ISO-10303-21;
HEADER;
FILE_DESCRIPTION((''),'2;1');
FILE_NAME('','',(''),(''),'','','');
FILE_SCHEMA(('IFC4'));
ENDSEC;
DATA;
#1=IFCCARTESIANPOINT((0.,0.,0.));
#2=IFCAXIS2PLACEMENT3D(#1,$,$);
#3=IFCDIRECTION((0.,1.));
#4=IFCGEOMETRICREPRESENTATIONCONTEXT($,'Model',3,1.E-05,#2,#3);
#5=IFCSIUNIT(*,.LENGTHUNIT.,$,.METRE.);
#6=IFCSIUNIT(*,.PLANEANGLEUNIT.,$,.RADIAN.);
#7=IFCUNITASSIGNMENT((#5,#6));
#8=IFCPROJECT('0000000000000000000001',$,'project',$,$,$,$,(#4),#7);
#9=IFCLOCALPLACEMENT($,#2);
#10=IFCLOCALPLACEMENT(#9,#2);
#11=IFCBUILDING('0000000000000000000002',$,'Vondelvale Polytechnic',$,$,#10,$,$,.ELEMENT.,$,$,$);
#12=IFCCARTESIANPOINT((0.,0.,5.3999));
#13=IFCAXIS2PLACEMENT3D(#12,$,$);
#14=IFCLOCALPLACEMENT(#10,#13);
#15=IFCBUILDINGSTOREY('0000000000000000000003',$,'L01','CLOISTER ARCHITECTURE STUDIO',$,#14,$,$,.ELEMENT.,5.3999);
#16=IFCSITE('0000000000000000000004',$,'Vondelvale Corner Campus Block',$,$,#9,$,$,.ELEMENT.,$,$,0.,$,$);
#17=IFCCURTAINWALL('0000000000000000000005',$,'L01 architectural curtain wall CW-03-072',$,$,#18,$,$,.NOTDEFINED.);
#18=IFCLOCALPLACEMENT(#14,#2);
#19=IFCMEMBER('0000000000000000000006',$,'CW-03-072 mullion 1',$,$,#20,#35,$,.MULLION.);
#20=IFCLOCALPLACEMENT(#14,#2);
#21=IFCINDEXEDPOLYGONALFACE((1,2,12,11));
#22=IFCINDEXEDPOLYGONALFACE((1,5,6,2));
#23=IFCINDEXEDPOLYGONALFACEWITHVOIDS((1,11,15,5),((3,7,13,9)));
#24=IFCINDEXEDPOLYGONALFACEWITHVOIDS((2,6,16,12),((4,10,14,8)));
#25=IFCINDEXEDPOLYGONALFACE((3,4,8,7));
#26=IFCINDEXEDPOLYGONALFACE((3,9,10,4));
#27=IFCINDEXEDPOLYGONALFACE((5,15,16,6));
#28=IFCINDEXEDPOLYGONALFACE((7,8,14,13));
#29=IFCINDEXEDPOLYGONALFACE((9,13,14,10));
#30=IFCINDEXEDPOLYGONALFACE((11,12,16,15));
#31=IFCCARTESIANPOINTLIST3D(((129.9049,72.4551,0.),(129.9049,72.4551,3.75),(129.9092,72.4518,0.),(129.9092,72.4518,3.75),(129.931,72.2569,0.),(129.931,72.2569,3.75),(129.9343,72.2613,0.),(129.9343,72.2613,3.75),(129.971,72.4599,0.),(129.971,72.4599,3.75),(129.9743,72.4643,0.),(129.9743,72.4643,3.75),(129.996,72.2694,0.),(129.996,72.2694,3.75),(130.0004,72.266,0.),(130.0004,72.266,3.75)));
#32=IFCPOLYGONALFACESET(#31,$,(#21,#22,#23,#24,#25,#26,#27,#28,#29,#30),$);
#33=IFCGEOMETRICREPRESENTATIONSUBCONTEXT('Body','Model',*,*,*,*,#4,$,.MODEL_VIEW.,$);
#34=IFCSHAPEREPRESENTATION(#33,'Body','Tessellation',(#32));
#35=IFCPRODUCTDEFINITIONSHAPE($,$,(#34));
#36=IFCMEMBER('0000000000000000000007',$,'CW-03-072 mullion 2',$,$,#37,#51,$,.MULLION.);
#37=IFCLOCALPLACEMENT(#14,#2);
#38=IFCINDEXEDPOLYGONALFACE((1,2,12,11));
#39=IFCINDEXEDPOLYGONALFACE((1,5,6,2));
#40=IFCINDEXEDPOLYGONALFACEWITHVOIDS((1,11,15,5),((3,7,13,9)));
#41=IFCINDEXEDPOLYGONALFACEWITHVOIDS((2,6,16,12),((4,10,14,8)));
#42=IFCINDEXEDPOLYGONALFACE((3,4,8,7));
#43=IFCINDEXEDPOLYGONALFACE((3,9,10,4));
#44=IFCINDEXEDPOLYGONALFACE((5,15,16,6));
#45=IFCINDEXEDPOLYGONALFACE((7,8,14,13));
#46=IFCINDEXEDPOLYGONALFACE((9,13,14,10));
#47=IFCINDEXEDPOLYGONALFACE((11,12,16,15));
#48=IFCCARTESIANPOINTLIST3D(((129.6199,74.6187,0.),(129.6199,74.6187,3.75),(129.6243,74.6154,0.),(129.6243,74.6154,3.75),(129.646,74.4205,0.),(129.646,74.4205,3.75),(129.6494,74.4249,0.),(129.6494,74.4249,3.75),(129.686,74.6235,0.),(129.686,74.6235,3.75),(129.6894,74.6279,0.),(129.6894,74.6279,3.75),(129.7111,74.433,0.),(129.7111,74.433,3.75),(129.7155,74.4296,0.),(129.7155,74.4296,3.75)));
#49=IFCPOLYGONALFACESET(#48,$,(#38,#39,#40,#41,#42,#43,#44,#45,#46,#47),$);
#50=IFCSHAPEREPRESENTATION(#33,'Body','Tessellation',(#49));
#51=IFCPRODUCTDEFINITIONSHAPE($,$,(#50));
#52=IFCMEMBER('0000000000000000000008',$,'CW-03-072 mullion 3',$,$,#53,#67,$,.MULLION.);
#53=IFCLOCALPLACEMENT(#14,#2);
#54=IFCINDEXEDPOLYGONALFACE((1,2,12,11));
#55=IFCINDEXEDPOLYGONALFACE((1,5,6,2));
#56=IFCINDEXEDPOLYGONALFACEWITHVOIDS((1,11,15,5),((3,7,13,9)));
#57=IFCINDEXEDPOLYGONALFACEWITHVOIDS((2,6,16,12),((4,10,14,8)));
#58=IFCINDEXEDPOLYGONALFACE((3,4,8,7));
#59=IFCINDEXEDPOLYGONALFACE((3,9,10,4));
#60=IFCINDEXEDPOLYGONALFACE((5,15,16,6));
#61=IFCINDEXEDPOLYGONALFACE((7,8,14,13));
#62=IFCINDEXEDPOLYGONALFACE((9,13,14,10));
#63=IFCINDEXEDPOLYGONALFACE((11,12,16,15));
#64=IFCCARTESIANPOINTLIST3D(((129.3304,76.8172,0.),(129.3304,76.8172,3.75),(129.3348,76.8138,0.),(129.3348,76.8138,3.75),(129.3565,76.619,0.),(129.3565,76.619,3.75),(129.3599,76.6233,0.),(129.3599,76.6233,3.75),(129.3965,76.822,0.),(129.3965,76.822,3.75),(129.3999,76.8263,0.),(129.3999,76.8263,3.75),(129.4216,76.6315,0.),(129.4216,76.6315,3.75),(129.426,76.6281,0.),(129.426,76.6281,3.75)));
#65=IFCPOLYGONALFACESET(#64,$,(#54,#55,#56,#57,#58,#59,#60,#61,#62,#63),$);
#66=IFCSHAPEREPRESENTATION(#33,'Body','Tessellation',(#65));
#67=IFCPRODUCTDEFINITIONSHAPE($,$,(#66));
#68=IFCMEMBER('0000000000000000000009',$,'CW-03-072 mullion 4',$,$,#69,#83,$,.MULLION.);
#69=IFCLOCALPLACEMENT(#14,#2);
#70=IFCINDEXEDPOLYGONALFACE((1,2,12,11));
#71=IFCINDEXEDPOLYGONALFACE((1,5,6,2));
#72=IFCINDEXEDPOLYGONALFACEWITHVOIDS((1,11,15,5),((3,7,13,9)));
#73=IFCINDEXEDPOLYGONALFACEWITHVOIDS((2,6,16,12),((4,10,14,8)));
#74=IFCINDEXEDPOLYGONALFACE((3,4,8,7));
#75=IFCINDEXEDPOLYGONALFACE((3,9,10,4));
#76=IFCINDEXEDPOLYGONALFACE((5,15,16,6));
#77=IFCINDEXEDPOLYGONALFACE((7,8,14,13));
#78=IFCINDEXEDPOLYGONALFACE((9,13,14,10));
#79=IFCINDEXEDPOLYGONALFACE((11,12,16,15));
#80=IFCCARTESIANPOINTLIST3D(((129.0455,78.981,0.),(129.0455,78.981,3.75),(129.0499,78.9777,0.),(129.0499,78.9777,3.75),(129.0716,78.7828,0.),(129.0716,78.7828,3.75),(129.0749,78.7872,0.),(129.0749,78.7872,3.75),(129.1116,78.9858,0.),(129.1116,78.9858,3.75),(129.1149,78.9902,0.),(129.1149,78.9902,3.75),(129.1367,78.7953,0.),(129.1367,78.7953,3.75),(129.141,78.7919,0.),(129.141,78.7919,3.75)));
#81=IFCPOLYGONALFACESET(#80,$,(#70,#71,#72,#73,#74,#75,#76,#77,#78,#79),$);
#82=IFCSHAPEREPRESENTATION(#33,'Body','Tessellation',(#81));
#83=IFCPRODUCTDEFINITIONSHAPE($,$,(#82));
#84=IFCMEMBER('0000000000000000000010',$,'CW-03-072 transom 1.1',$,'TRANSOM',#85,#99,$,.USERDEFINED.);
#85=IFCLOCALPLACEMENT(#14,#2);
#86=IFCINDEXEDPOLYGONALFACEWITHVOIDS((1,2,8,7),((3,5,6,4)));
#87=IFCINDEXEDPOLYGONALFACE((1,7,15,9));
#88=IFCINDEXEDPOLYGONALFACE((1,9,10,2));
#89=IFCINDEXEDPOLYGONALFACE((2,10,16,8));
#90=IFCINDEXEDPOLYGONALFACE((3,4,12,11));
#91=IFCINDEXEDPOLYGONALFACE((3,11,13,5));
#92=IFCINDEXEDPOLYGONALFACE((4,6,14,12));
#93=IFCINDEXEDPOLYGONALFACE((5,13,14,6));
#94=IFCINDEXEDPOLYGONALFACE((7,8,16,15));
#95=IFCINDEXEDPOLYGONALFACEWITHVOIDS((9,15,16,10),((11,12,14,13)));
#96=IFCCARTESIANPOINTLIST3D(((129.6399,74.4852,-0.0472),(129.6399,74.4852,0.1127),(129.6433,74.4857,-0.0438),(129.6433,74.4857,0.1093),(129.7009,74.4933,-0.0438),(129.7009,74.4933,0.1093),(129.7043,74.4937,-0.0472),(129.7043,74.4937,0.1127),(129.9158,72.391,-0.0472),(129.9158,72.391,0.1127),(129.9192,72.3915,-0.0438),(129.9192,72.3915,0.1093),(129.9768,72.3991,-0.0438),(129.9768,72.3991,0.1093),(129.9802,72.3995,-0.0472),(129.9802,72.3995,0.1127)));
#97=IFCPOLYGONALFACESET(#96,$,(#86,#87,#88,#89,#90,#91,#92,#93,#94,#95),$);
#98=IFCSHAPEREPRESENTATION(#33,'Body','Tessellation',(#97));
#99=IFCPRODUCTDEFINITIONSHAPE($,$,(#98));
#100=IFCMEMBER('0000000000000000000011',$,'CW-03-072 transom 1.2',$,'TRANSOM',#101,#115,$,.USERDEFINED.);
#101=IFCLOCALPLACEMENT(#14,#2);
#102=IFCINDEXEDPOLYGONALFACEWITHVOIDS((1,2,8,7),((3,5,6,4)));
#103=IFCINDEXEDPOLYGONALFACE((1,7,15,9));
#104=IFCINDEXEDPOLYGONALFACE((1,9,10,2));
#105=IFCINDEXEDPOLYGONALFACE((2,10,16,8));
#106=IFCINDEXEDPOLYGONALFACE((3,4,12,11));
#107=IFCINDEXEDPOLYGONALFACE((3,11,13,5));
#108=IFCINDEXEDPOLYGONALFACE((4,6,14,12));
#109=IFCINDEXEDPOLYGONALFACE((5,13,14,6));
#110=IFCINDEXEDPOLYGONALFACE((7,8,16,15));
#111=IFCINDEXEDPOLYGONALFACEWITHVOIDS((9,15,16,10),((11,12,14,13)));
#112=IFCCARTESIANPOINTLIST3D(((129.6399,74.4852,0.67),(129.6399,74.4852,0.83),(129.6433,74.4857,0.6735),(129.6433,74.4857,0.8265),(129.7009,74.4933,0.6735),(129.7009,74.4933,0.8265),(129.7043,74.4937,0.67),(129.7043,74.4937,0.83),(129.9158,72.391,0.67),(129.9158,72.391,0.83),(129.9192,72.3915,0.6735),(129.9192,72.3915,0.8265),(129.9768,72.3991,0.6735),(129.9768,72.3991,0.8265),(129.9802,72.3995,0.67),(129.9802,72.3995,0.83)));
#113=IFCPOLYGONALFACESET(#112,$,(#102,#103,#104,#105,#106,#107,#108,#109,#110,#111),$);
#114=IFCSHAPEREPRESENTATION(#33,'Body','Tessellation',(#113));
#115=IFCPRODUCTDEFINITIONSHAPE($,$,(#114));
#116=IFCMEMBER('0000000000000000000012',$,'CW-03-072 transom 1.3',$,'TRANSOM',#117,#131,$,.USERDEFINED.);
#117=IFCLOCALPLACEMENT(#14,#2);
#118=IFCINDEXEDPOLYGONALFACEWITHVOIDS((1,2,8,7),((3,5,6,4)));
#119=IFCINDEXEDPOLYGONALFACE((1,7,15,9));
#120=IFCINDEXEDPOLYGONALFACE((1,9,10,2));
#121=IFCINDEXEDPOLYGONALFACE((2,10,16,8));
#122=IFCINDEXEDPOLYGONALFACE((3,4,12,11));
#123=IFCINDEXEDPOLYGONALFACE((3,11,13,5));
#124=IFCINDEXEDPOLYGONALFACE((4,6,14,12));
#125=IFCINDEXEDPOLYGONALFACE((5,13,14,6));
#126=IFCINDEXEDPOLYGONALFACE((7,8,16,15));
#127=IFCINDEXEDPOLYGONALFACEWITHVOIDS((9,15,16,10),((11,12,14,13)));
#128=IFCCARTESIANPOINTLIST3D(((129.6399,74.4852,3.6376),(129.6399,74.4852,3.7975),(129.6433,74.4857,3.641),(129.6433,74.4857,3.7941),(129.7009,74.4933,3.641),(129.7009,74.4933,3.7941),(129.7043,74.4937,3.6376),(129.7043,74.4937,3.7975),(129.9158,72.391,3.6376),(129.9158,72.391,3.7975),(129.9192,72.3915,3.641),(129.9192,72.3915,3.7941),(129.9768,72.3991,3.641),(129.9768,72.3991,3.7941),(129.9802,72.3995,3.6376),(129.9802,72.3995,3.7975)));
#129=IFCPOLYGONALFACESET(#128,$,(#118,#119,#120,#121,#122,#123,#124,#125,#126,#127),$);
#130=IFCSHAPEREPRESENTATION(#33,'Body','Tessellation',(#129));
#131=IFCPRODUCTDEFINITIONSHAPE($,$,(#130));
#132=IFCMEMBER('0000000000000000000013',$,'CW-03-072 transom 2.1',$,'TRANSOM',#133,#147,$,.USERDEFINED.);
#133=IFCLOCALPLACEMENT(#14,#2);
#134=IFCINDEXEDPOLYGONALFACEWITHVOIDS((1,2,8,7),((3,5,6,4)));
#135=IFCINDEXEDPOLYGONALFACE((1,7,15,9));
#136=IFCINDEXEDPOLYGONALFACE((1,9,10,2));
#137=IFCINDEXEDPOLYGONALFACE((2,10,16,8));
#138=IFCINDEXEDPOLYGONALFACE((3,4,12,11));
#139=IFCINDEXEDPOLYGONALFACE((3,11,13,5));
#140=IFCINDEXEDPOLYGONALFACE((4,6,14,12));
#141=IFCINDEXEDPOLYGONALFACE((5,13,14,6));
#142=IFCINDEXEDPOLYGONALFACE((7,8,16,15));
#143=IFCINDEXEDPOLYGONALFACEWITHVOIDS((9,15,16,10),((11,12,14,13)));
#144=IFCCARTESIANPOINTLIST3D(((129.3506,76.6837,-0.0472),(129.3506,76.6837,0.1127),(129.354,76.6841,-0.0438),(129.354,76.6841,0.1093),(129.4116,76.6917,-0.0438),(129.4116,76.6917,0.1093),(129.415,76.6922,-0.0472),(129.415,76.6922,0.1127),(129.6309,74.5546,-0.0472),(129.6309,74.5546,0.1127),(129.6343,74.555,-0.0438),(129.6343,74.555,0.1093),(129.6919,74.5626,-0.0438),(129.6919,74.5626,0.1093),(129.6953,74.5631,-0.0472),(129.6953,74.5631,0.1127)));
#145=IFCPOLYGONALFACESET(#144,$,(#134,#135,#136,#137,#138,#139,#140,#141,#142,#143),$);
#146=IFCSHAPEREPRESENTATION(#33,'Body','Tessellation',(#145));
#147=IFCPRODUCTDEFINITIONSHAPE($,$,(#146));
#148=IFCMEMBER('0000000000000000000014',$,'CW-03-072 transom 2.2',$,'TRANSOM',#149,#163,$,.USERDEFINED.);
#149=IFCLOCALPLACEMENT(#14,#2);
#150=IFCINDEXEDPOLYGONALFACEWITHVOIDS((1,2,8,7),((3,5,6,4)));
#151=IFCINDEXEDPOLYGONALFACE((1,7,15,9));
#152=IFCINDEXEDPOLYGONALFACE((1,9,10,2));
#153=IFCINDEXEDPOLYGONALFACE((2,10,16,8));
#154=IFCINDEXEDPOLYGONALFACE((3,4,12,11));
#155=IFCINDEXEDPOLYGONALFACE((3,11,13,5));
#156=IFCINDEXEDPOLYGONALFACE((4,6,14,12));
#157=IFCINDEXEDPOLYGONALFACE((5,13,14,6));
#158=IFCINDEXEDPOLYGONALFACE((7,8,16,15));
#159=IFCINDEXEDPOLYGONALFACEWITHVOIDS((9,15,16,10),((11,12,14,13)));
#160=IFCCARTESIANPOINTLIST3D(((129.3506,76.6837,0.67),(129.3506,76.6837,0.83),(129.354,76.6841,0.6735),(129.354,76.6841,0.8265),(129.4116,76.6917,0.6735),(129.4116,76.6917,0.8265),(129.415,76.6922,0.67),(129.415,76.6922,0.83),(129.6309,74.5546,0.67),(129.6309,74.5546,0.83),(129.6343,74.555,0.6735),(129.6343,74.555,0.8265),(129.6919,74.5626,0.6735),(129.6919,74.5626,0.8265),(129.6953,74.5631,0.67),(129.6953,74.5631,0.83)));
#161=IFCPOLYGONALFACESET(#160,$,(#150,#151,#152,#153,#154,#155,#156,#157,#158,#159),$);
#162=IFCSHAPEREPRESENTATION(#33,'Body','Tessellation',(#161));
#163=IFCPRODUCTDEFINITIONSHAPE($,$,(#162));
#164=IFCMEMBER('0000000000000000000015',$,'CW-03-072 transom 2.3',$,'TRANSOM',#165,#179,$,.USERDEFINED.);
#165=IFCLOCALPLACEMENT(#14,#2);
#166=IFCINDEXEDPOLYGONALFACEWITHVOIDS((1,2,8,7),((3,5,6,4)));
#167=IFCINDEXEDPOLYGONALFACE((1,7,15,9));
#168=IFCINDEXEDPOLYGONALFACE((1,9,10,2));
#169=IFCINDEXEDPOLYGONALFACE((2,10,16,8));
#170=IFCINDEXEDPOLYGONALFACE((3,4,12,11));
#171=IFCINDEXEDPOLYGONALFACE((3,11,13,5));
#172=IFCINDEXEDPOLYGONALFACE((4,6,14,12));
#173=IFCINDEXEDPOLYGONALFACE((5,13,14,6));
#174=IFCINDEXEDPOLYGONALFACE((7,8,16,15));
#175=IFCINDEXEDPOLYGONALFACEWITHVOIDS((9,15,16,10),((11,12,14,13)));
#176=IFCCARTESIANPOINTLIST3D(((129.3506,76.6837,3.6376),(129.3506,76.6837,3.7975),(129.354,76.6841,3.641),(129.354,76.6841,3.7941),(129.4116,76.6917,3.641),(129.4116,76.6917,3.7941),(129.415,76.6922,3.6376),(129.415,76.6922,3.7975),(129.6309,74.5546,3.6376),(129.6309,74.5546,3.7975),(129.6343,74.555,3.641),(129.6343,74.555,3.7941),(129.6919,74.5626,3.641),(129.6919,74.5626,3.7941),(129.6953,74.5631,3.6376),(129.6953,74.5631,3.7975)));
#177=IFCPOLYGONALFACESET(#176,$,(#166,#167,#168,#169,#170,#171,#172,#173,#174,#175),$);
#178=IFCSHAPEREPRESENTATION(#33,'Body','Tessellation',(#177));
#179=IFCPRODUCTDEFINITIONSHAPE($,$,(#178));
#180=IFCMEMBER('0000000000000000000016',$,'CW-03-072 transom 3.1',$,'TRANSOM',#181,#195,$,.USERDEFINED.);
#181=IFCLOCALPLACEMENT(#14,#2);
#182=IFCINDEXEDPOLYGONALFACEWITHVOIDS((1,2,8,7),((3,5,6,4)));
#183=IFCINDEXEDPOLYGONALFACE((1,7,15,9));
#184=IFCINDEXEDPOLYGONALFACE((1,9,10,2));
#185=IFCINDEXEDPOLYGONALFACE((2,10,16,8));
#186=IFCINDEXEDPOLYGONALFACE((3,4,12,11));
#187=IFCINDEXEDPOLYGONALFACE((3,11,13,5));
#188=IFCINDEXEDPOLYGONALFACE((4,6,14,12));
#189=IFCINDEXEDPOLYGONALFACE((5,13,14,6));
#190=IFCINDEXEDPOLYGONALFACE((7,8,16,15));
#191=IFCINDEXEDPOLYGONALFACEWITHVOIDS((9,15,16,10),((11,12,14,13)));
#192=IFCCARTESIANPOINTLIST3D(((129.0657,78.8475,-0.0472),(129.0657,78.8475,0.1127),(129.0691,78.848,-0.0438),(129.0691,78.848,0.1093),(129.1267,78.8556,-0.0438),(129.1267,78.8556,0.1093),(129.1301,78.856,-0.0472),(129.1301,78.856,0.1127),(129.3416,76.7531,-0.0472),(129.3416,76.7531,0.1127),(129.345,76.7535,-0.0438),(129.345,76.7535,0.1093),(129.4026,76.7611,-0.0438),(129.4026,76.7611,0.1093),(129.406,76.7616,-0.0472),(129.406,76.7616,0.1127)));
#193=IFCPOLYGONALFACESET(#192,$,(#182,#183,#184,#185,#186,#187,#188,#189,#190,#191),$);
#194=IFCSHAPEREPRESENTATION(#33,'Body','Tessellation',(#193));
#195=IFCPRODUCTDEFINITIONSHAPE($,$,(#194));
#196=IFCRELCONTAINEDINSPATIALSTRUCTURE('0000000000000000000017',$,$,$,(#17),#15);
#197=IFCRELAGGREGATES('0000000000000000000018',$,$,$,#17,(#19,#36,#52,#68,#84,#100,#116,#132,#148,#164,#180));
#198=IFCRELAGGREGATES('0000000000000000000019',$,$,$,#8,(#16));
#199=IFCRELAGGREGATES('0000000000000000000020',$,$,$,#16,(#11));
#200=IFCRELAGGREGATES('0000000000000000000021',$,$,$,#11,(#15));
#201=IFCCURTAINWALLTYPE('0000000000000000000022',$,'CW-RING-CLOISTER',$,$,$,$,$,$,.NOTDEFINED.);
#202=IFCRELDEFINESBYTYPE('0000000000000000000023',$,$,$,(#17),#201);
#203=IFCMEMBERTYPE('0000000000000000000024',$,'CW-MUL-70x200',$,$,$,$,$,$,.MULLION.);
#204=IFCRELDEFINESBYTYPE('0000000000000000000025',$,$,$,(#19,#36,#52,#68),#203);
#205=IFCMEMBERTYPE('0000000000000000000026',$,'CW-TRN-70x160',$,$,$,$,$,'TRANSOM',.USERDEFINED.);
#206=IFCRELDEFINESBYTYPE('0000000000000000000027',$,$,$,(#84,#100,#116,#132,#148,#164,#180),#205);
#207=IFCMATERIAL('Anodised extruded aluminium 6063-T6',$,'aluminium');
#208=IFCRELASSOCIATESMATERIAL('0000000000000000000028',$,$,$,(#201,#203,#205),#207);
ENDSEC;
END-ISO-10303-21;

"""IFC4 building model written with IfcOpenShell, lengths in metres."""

from ifc_helpers import new_model, si_unit, direction, frame, origin, origin_2d, place, context, subcontext, project, spatial, hollow_rectangle, extrude, material, material_profile, profile_set, type_object, element, aggregate, save


model = new_model("IFC4")

# Units and contexts
model_context = context("Model", 3, precision=1e-05, world=origin(), true_north=direction((0.0, 1.0)))
body_context = subcontext(model_context, "Body", "Model", "MODEL_VIEW")
ifc_project = project(units=[si_unit("LENGTHUNIT", "METRE"), si_unit("PLANEANGLEUNIT", "RADIAN")], contexts=[model_context])

# Site, building, storey
site_placement = place(None, origin())
site = spatial("IfcSite", under=ifc_project, at=site_placement, Name="Vondelvale Corner Campus Block", CompositionType="ELEMENT", RefElevation=0.0)
building_placement = place(site_placement, origin())
building = spatial("IfcBuilding", under=site, at=building_placement, Name="Vondelvale Polytechnic", CompositionType="ELEMENT")
storey_placement = place(building_placement, frame((0.0, 0.0, 5.3999)))
storey = spatial("IfcBuildingStorey", under=building, at=storey_placement, Name="L01", Description="CLOISTER ARCHITECTURE STUDIO", CompositionType="ELEMENT", Elevation=5.3999)

# Curtain wall, members
ifc_material_1 = material(Name="Anodised extruded aluminium 6063-T6", Category="aluminium")
curtain_wall_type = type_object("IfcCurtainWallType", Name="CW-RING-CLOISTER", PredefinedType="NOTDEFINED", material=ifc_material_1)
curtain_wall_placement = place(storey_placement, origin())
curtain_wall = element("IfcCurtainWall", 1, at=curtain_wall_placement, inside=storey, type_object=curtain_wall_type, Name="L01 architectural curtain wall CW-03-072", PredefinedType="NOTDEFINED")
ifc_material_profile_1 = material_profile(ifc_material_1, hollow_rectangle(XDim=0.0701, YDim=0.2, WallThickness=0.0039, at=origin_2d()), Name="CW-MUL-200x70")
ifc_profile_set_1 = profile_set([ifc_material_profile_1], Name="Anodised extruded aluminium 6063-T6")
member_type_1 = type_object("IfcMemberType", Name="CW-MUL-70x200", PredefinedType="MULLION", material=ifc_profile_set_1)
member_1_placement = place(storey_placement, frame((129.9526, 72.3606, 0.0), z_axis=(0.0, 0.0, 1.0), x_axis=(-0.991445, -0.130528, 0.0)))
member_1 = element("IfcMember", 2, at=member_1_placement, type_object=member_type_1, Name="CW-03-072 mullion 1", PredefinedType="MULLION", context=body_context, shape_type="SweptSolid", body=[
    extrude(hollow_rectangle(XDim=0.0701, YDim=0.2, WallThickness=0.0039, at=origin_2d()), origin(), (0.0, 0.0, 1.0), 3.75),
])
member_2_placement = place(storey_placement, frame((129.6677, 74.5242, 0.0), z_axis=(0.0, 0.0, 1.0), x_axis=(-0.991445, -0.130528, 0.0)))
member_2 = element("IfcMember", 3, at=member_2_placement, type_object=member_type_1, Name="CW-03-072 mullion 2", PredefinedType="MULLION", context=body_context, shape_type="SweptSolid", body=[
    extrude(hollow_rectangle(XDim=0.0701, YDim=0.2, WallThickness=0.0039, at=origin_2d()), origin(), (0.0, 0.0, 1.0), 3.75),
])
member_3_placement = place(storey_placement, frame((129.3782, 76.7227, 0.0), z_axis=(0.0, 0.0, 1.0), x_axis=(-0.991445, -0.130528, 0.0)))
member_3 = element("IfcMember", 4, at=member_3_placement, type_object=member_type_1, Name="CW-03-072 mullion 3", PredefinedType="MULLION", context=body_context, shape_type="SweptSolid", body=[
    extrude(hollow_rectangle(XDim=0.0701, YDim=0.2, WallThickness=0.0039, at=origin_2d()), origin(), (0.0, 0.0, 1.0), 3.75),
])
member_4_placement = place(storey_placement, frame((129.0933, 78.8865, 0.0), z_axis=(0.0, 0.0, 1.0), x_axis=(-0.991445, -0.130528, 0.0)))
member_4 = element("IfcMember", 5, at=member_4_placement, type_object=member_type_1, Name="CW-03-072 mullion 4", PredefinedType="MULLION", context=body_context, shape_type="SweptSolid", body=[
    extrude(hollow_rectangle(XDim=0.0701, YDim=0.2, WallThickness=0.0039, at=origin_2d()), origin(), (0.0, 0.0, 1.0), 3.75),
])
ifc_material_profile_2 = material_profile(ifc_material_1, hollow_rectangle(XDim=0.0649, YDim=0.1599, WallThickness=0.0034, at=origin_2d()), Name="CW-TRN-160x65")
ifc_profile_set_2 = profile_set([ifc_material_profile_2], Name="Anodised extruded aluminium 6063-T6")
member_type_2 = type_object("IfcMemberType", Name="CW-TRN-70x160", ElementType="TRANSOM", PredefinedType="USERDEFINED", material=ifc_profile_set_2)
member_5_placement = place(storey_placement, frame((129.948, 72.3953, 0.0327), z_axis=(-0.130604, 0.991435, 0.0), x_axis=(-0.991435, -0.130604, 0.0)))
member_5 = element("IfcMember", 6, at=member_5_placement, type_object=member_type_2, Name="CW-03-072 transom 1.1", ObjectType="TRANSOM", PredefinedType="USERDEFINED", context=body_context, shape_type="SweptSolid", body=[
    extrude(hollow_rectangle(XDim=0.0649, YDim=0.1599, WallThickness=0.0034, at=origin_2d()), origin(), (0.0, 0.0, 1.0), 2.1123),
])
member_6_placement = place(storey_placement, frame((129.948, 72.3953, 0.75), z_axis=(-0.130604, 0.991435, 0.0), x_axis=(-0.991435, -0.130604, 0.0)))
member_6 = element("IfcMember", 7, at=member_6_placement, type_object=member_type_2, Name="CW-03-072 transom 1.2", ObjectType="TRANSOM", PredefinedType="USERDEFINED", context=body_context, shape_type="SweptSolid", body=[
    extrude(hollow_rectangle(XDim=0.0649, YDim=0.1599, WallThickness=0.0034, at=origin_2d()), origin(), (0.0, 0.0, 1.0), 2.1123),
])
member_7_placement = place(storey_placement, frame((129.948, 72.3953, 3.7175), z_axis=(-0.130604, 0.991435, 0.0), x_axis=(-0.991435, -0.130604, 0.0)))
member_7 = element("IfcMember", 8, at=member_7_placement, type_object=member_type_2, Name="CW-03-072 transom 1.3", ObjectType="TRANSOM", PredefinedType="USERDEFINED", context=body_context, shape_type="SweptSolid", body=[
    extrude(hollow_rectangle(XDim=0.0649, YDim=0.1599, WallThickness=0.0034, at=origin_2d()), origin(), (0.0, 0.0, 1.0), 2.1123),
])
member_8_placement = place(storey_placement, frame((129.6631, 74.5588, 0.0327), z_axis=(-0.13051, 0.991447, 0.0), x_axis=(-0.991447, -0.13051, 0.0)))
member_8 = element("IfcMember", 9, at=member_8_placement, type_object=member_type_2, Name="CW-03-072 transom 2.1", ObjectType="TRANSOM", PredefinedType="USERDEFINED", context=body_context, shape_type="SweptSolid", body=[
    extrude(hollow_rectangle(XDim=0.0649, YDim=0.1599, WallThickness=0.0034, at=origin_2d()), origin(), (0.0, 0.0, 1.0), 2.1475),
])
member_9_placement = place(storey_placement, frame((129.6631, 74.5588, 0.75), z_axis=(-0.13051, 0.991447, 0.0), x_axis=(-0.991447, -0.13051, 0.0)))
member_9 = element("IfcMember", 10, at=member_9_placement, type_object=member_type_2, Name="CW-03-072 transom 2.2", ObjectType="TRANSOM", PredefinedType="USERDEFINED", context=body_context, shape_type="SweptSolid", body=[
    extrude(hollow_rectangle(XDim=0.0649, YDim=0.1599, WallThickness=0.0034, at=origin_2d()), origin(), (0.0, 0.0, 1.0), 2.1475),
])
member_10_placement = place(storey_placement, frame((129.6631, 74.5588, 3.7175), z_axis=(-0.13051, 0.991447, 0.0), x_axis=(-0.991447, -0.13051, 0.0)))
member_10 = element("IfcMember", 11, at=member_10_placement, type_object=member_type_2, Name="CW-03-072 transom 2.3", ObjectType="TRANSOM", PredefinedType="USERDEFINED", context=body_context, shape_type="SweptSolid", body=[
    extrude(hollow_rectangle(XDim=0.0649, YDim=0.1599, WallThickness=0.0034, at=origin_2d()), origin(), (0.0, 0.0, 1.0), 2.1475),
])
member_11_placement = place(storey_placement, frame((129.3738, 76.7573, 0.0327), z_axis=(-0.130589, 0.991437, 0.0), x_axis=(-0.991437, -0.130589, 0.0)))
member_11 = element("IfcMember", 12, at=member_11_placement, type_object=member_type_2, Name="CW-03-072 transom 3.1", ObjectType="TRANSOM", PredefinedType="USERDEFINED", context=body_context, shape_type="SweptSolid", body=[
    extrude(hollow_rectangle(XDim=0.0649, YDim=0.1599, WallThickness=0.0034, at=origin_2d()), origin(), (0.0, 0.0, 1.0), 2.1125),
])
aggregate(curtain_wall, [member_1, member_2, member_3, member_4, member_5, member_6, member_7, member_8, member_9, member_10, member_11])

save(model, "model.ifc")
